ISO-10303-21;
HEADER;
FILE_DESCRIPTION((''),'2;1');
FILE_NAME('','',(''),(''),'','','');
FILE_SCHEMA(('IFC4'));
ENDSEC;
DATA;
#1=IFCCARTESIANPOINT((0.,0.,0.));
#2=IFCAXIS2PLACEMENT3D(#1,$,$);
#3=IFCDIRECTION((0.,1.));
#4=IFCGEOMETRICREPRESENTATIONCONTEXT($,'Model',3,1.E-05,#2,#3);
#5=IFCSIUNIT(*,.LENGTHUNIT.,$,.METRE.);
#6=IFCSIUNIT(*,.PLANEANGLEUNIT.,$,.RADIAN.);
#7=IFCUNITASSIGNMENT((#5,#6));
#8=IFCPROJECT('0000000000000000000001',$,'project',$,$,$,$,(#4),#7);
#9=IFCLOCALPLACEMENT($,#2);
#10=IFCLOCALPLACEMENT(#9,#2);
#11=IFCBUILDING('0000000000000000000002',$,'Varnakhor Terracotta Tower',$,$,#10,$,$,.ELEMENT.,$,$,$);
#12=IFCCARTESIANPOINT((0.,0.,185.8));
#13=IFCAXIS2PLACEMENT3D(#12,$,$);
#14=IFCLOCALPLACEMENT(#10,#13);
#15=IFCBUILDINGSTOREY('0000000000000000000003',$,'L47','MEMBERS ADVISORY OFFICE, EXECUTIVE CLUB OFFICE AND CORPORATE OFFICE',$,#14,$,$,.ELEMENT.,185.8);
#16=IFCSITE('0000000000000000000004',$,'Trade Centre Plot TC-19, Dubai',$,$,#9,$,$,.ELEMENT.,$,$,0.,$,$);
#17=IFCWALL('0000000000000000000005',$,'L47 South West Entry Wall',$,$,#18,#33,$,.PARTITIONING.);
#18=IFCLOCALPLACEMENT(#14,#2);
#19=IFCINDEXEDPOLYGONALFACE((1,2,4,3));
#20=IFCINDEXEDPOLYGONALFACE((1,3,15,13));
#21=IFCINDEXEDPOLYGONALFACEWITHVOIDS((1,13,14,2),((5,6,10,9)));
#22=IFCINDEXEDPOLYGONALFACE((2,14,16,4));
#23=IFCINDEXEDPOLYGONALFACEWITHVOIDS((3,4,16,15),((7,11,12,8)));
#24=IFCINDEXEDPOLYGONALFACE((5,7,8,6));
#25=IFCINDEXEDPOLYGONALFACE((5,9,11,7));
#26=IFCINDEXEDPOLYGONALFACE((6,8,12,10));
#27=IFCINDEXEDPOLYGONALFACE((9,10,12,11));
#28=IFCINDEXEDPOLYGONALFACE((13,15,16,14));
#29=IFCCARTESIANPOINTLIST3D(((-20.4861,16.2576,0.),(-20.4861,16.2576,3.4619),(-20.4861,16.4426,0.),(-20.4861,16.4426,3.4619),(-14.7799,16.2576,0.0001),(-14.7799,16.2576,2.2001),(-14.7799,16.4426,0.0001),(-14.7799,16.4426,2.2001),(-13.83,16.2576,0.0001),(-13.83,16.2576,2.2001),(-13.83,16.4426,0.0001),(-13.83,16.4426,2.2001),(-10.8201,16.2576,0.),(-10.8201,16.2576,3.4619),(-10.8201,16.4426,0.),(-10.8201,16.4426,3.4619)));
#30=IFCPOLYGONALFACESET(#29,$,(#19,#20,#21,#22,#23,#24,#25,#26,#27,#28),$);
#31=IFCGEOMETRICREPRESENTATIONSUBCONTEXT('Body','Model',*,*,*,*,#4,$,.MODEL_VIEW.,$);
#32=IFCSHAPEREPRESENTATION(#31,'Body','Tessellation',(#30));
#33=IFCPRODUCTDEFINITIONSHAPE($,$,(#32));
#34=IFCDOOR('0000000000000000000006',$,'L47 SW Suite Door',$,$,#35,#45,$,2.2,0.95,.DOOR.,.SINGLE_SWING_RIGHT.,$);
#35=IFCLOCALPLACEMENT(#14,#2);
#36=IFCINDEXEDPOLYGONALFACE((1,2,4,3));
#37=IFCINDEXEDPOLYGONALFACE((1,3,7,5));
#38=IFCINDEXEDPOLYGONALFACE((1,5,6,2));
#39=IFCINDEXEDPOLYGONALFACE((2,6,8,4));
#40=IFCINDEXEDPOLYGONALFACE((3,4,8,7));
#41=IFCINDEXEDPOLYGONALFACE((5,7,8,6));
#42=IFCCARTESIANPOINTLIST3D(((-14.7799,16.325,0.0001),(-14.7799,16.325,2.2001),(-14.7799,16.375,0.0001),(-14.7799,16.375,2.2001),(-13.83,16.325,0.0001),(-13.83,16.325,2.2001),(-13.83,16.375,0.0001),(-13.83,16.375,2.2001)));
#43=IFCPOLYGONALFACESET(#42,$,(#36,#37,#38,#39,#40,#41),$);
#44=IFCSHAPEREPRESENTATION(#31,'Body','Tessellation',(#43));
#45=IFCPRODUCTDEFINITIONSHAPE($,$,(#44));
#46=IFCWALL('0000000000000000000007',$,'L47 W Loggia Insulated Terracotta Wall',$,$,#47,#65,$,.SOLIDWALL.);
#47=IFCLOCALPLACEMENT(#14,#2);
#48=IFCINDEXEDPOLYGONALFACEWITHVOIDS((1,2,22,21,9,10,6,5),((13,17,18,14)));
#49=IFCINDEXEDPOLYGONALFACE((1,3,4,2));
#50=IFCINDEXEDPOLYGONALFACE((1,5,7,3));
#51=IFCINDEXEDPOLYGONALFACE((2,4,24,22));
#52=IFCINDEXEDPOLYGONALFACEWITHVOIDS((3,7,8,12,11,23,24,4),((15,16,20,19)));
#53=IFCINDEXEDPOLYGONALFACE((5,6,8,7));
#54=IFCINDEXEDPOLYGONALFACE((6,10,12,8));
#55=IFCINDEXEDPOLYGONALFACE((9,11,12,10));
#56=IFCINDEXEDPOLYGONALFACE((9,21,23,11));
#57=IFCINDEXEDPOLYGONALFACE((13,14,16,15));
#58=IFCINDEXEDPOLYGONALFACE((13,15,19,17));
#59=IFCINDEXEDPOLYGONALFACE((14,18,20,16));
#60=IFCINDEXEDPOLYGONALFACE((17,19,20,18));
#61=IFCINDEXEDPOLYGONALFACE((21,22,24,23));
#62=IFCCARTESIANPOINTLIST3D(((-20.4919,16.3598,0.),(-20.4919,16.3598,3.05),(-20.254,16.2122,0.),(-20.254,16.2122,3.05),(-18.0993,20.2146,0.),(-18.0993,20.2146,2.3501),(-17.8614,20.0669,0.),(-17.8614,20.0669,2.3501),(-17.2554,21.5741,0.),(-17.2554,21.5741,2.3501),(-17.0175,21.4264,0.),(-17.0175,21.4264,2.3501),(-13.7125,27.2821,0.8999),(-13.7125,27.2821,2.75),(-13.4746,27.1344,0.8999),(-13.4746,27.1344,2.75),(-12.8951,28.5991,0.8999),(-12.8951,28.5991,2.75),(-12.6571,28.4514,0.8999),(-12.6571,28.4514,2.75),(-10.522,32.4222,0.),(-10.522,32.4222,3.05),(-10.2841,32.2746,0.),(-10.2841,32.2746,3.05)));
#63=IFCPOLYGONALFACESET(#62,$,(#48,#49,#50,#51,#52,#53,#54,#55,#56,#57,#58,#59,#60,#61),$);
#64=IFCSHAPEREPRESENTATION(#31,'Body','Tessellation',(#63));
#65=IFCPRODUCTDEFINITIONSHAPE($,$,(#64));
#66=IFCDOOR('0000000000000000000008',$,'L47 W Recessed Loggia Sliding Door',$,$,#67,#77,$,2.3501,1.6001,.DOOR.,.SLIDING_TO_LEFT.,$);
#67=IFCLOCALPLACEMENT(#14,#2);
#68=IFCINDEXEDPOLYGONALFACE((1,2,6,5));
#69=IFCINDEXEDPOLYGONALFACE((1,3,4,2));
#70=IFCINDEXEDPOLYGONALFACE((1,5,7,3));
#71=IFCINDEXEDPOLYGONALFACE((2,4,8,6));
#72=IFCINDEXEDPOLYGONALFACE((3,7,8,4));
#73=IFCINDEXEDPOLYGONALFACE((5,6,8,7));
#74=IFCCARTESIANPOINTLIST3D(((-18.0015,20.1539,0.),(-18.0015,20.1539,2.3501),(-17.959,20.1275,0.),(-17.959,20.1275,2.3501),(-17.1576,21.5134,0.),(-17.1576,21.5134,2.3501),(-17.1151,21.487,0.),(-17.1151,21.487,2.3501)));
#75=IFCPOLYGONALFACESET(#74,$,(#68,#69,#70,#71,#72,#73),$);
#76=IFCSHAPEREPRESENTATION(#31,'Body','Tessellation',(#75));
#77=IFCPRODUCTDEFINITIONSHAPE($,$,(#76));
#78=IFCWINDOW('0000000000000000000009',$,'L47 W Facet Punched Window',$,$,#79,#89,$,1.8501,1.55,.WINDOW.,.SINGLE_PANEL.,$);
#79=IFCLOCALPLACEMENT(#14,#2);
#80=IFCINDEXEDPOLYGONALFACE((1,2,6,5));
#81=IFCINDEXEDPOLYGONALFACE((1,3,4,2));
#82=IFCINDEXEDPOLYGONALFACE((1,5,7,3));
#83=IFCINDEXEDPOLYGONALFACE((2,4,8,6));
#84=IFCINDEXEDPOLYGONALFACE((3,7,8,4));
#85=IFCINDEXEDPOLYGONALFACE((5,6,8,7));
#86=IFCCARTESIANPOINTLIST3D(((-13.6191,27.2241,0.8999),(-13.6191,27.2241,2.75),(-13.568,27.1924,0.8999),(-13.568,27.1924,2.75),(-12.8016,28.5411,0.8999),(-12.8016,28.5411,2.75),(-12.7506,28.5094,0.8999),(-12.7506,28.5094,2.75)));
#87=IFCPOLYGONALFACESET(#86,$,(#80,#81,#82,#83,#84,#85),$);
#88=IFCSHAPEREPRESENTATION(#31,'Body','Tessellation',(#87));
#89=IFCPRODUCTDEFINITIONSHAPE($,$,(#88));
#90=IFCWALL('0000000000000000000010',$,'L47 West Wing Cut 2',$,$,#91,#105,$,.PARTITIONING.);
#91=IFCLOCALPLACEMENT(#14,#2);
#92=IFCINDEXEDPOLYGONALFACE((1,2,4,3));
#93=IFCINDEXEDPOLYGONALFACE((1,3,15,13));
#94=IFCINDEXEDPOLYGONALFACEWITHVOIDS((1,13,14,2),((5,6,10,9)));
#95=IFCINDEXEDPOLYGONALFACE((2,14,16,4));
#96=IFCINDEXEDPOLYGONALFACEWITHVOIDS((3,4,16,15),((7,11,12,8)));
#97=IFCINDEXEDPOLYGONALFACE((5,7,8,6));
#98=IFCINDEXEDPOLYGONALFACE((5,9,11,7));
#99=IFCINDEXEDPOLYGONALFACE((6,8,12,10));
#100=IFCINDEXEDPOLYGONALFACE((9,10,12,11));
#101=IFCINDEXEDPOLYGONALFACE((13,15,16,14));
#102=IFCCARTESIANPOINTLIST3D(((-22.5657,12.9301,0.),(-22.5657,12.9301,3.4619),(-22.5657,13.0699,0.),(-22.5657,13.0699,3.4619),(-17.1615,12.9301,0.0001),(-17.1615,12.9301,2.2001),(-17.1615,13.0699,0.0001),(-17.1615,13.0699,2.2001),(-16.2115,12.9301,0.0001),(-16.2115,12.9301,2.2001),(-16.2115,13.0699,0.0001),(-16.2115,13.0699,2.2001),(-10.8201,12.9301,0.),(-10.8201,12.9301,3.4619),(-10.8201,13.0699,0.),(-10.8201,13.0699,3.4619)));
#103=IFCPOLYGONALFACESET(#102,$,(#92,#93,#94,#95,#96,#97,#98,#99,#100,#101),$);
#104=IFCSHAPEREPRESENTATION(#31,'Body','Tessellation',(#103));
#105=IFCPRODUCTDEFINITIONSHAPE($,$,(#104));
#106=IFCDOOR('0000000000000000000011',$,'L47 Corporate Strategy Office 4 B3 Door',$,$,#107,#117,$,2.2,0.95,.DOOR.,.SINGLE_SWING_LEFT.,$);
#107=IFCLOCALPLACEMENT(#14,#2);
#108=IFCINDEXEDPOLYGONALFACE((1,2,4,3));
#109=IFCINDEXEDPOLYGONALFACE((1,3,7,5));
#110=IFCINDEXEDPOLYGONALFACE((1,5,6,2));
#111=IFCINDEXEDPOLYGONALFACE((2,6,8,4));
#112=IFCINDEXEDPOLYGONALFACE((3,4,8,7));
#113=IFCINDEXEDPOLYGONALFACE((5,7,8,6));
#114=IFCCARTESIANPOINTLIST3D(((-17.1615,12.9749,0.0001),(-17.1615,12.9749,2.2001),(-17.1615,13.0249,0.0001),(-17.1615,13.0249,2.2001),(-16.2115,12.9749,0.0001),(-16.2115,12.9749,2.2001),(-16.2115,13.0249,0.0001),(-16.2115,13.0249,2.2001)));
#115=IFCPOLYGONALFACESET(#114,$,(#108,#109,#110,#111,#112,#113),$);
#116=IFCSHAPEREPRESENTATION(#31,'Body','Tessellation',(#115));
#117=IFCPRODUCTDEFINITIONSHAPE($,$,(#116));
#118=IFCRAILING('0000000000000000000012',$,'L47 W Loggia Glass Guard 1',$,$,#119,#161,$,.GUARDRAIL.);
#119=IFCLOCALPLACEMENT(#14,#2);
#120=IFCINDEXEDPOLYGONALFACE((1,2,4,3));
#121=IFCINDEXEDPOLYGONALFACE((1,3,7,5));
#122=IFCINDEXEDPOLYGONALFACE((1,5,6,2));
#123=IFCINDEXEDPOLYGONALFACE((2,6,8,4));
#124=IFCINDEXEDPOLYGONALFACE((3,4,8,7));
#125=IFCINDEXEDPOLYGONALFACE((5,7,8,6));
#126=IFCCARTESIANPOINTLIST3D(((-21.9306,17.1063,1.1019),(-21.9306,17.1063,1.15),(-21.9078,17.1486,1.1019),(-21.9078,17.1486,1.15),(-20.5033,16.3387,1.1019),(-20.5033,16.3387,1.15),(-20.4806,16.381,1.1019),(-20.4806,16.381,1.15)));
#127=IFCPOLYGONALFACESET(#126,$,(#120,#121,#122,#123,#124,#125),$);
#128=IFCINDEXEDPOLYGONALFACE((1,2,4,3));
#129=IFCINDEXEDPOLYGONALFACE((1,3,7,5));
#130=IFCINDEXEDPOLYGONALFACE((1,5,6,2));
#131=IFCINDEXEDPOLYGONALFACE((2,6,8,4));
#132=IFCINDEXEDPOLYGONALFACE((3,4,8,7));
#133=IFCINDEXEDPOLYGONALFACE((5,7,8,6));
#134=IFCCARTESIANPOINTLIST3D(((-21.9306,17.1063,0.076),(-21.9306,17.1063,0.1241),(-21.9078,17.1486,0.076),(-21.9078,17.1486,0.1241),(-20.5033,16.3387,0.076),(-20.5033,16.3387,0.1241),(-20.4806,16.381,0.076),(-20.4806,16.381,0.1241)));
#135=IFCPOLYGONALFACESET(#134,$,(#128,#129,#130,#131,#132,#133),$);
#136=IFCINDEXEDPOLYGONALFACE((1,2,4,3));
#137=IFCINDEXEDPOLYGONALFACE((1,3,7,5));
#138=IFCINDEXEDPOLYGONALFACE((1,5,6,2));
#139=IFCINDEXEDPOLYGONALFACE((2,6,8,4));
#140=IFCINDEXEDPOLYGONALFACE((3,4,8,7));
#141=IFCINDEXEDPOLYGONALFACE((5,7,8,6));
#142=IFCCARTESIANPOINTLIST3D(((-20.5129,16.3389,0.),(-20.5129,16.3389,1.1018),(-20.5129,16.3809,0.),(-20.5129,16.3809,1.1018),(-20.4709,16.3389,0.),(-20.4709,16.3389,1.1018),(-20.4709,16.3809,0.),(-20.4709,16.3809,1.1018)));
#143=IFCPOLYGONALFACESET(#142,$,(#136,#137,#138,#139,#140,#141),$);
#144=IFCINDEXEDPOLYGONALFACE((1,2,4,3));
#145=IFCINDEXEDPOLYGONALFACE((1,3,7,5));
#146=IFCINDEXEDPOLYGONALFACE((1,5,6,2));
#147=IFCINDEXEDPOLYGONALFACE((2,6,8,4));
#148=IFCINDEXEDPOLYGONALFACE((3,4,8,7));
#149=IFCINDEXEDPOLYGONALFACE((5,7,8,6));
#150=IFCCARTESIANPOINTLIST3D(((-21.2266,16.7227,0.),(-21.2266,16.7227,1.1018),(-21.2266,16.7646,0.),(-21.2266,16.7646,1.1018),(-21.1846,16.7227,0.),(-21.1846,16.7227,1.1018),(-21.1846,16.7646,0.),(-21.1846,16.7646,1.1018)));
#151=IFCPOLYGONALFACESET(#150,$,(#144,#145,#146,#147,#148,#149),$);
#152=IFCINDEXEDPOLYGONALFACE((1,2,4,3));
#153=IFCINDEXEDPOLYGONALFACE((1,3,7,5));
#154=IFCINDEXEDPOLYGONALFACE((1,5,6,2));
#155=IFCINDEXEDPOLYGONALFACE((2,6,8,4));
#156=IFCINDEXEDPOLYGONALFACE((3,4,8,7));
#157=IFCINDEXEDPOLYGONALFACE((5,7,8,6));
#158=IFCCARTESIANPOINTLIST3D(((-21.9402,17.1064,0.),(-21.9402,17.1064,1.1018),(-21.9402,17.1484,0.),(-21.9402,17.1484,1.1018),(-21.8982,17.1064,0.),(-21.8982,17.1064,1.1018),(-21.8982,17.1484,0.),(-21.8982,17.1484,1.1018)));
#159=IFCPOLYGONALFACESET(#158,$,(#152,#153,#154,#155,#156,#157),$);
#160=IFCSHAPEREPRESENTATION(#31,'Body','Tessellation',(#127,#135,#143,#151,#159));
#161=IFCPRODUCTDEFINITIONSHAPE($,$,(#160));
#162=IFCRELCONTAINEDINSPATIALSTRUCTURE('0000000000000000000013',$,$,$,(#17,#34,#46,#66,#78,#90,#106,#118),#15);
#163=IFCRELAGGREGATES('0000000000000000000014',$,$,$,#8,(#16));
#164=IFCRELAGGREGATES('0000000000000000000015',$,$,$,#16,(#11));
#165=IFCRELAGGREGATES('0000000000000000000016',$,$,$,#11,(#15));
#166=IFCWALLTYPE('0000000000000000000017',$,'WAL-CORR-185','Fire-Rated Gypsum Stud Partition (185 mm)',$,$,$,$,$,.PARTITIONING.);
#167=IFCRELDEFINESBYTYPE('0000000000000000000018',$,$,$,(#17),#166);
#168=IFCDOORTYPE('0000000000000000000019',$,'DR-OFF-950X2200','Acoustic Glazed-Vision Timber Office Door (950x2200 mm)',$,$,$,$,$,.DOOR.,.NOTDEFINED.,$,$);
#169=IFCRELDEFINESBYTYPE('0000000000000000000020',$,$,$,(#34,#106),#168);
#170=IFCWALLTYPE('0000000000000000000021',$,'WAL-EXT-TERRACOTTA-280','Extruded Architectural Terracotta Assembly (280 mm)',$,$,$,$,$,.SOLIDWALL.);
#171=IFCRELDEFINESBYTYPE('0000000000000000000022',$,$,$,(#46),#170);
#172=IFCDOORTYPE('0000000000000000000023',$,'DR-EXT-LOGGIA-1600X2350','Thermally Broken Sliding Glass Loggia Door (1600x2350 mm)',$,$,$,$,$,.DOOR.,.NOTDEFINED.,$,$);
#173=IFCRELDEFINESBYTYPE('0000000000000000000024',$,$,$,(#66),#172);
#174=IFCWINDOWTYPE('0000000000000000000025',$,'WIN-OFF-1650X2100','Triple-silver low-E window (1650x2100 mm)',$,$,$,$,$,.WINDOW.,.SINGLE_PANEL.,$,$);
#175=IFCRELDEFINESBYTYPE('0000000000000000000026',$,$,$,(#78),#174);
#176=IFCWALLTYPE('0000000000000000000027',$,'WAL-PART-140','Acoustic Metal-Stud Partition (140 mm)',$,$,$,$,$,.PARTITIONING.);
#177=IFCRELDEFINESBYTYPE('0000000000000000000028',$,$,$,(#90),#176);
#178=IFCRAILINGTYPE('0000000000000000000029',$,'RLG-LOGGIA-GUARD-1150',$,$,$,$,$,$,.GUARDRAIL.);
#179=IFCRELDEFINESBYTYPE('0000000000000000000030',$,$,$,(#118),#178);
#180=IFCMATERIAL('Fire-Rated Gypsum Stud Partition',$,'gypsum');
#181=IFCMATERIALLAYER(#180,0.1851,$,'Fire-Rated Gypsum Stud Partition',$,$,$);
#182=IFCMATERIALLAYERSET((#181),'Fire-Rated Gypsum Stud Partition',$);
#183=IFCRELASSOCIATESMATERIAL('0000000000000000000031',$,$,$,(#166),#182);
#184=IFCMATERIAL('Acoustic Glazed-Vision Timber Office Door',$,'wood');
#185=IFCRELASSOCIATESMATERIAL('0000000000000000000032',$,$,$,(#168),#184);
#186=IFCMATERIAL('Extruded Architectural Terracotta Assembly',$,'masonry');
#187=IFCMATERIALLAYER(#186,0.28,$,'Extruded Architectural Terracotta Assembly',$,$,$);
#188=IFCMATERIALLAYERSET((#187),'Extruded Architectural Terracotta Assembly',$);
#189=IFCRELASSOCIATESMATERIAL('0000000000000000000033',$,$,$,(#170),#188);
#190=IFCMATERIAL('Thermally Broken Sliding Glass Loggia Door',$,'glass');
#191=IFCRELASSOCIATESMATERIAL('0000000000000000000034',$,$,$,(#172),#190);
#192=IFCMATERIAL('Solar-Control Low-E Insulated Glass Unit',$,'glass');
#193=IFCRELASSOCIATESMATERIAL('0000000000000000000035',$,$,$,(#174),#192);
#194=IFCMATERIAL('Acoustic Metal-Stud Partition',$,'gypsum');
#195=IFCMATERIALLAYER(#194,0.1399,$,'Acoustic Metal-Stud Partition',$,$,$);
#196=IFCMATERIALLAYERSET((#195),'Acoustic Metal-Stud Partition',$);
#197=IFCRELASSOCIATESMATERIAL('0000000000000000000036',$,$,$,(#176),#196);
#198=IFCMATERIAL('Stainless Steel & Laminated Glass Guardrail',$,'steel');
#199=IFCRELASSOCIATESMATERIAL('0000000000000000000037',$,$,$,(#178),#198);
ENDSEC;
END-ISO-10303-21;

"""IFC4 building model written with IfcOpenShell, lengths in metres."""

from ifc_helpers import new_model, si_unit, direction, frame, frame_2d, origin, origin_2d, place, context, subcontext, project, spatial, rectangle, extrude, source, transform, mapped, material, layer, layer_set, type_object, type_shapes, element, fill, save


model = new_model("IFC4")

# Units and contexts
model_context = context("Model", 3, precision=1e-05, world=origin(), true_north=direction((0.0, 1.0)))
body_context = subcontext(model_context, "Body", "Model", "MODEL_VIEW")
ifc_project = project(units=[si_unit("LENGTHUNIT", "METRE"), si_unit("PLANEANGLEUNIT", "RADIAN")], contexts=[model_context])

# Site, building, storey
site_placement = place(None, origin())
site = spatial("IfcSite", under=ifc_project, at=site_placement, Name="Trade Centre Plot TC-19, Dubai", CompositionType="ELEMENT", RefElevation=0.0)
building_placement = place(site_placement, origin())
building = spatial("IfcBuilding", under=site, at=building_placement, Name="Varnakhor Terracotta Tower", CompositionType="ELEMENT")
storey_placement = place(building_placement, frame((0.0, 0.0, 185.8)))
storey = spatial("IfcBuildingStorey", under=building, at=storey_placement, Name="L47", Description="MEMBERS ADVISORY OFFICE, EXECUTIVE CLUB OFFICE AND CORPORATE OFFICE", CompositionType="ELEMENT", Elevation=185.8)

# Wall, opening, door
ifc_material_1 = material(Name="Fire-Rated Gypsum Stud Partition", Category="gypsum")
ifc_layer_1 = layer(ifc_material_1, 0.1851, Name="Fire-Rated Gypsum Stud Partition")
ifc_layer_set_1 = layer_set([ifc_layer_1], Name="Fire-Rated Gypsum Stud Partition")
wall_type_1 = type_object("IfcWallType", Name="WAL-CORR-185", Description="Fire-Rated Gypsum Stud Partition (185 mm)", PredefinedType="PARTITIONING", material=ifc_layer_set_1)
wall_1_placement = place(storey_placement, frame((-20.4861, 16.3501, 0.0), z_axis=(0.0, 0.0, 1.0), x_axis=(1.0, 0.0, 0.0)))
wall_1 = element("IfcWall", 1, at=wall_1_placement, inside=storey, type_object=wall_type_1, Name="L47 South West Entry Wall", PredefinedType="PARTITIONING", context=body_context, shape_type="SweptSolid", body=[
    extrude(rectangle(XDim=9.666, YDim=0.1851, at=frame_2d((4.833, 0.0))), origin(), (0.0, 0.0, 1.0), 3.4619),
])
opening_1_placement = place(wall_1_placement, frame((5.7061, 0.0, 0.0)))
opening_1 = element("IfcOpeningElement", 2, at=opening_1_placement, cuts=wall_1, PredefinedType="OPENING", context=body_context, shape_type="SweptSolid", body=[
    extrude(rectangle(XDim=0.95, YDim=2.2, at=frame_2d((0.4751, 1.1001))), frame((0.0, 0.1025, 0.0), z_axis=(0.0, -1.0, 0.0), x_axis=(1.0, 0.0, 0.0)), (0.0, 0.0, 1.0), 0.2051),
])
ifc_material_2 = material(Name="Acoustic Glazed-Vision Timber Office Door", Category="wood")
door_type_1 = type_object("IfcDoorType", Name="DR-OFF-950X2200", Description="Acoustic Glazed-Vision Timber Office Door (950x2200 mm)", OperationType="NOTDEFINED", PredefinedType="DOOR", material=ifc_material_2)
shared_shape_1 = source(origin(), body_context, "Body", "SweptSolid", [
    extrude(rectangle(XDim=0.95, YDim=2.2, at=frame_2d((0.4751, 1.1001))), frame((0.0, 0.0249, 0.0), z_axis=(0.0, -1.0, 0.0), x_axis=(1.0, 0.0, 0.0)), (0.0, 0.0, 1.0), 0.05),
])
type_shapes(door_type_1, [shared_shape_1])
door_1_placement = place(opening_1_placement, origin())
door_1 = element("IfcDoor", 3, at=door_1_placement, inside=storey, type_object=door_type_1, Name="L47 SW Suite Door", OperationType="SINGLE_SWING_RIGHT", OverallHeight=2.2, OverallWidth=0.95, PredefinedType="DOOR", context=body_context, shape_type="MappedRepresentation", body=[
    mapped(shared_shape_1, transform((0.0, 0.0, 0.0), scale=1.0)),
])
fill(opening_1, door_1)

# Wall, openings, door, window
ifc_material_3 = material(Name="Extruded Architectural Terracotta Assembly", Category="masonry")
ifc_layer_2 = layer(ifc_material_3, 0.28, Name="Extruded Architectural Terracotta Assembly")
ifc_layer_set_2 = layer_set([ifc_layer_2], Name="Extruded Architectural Terracotta Assembly")
wall_type_2 = type_object("IfcWallType", Name="WAL-EXT-TERRACOTTA-280", Description="Extruded Architectural Terracotta Assembly (280 mm)", PredefinedType="SOLIDWALL", material=ifc_layer_set_2)
wall_2_placement = place(storey_placement, frame((-20.373, 16.2859, 0.0), z_axis=(0.0, 0.0, 1.0), x_axis=(0.527368, 0.849637, 0.0)))
wall_2 = element("IfcWall", 4, at=wall_2_placement, inside=storey, type_object=wall_type_2, Name="L47 W Loggia Insulated Terracotta Wall", PredefinedType="SOLIDWALL", context=body_context, shape_type="SweptSolid", body=[
    extrude(rectangle(XDim=18.905, YDim=0.28, at=frame_2d((9.4526, 0.0))), origin(), (0.0, 0.0, 1.0), 3.05),
])
opening_2_placement = place(wall_2_placement, frame((4.5371, 0.0, 0.0)))
opening_2 = element("IfcOpeningElement", 5, at=opening_2_placement, cuts=wall_2, PredefinedType="OPENING", context=body_context, shape_type="SweptSolid", body=[
    extrude(rectangle(XDim=1.6001, YDim=2.3501, at=frame_2d((0.8, 1.175))), frame((0.0, 0.1499, 0.0), z_axis=(0.0, -1.0, 0.0), x_axis=(1.0, 0.0, 0.0)), (0.0, 0.0, 1.0), 0.3),
])
opening_3_placement = place(wall_2_placement, frame((12.8555, 0.0, 0.8999)))
opening_3 = element("IfcOpeningElement", 6, at=opening_3_placement, cuts=wall_2, PredefinedType="OPENING", context=body_context, shape_type="SweptSolid", body=[
    extrude(rectangle(XDim=1.55, YDim=1.8501, at=frame_2d((0.7749, 0.925))), frame((0.0, 0.1499, 0.0), z_axis=(0.0, -1.0, 0.0), x_axis=(1.0, 0.0, 0.0)), (0.0, 0.0, 1.0), 0.3),
])
ifc_material_4 = material(Name="Thermally Broken Sliding Glass Loggia Door", Category="glass")
door_type_2 = type_object("IfcDoorType", Name="DR-EXT-LOGGIA-1600X2350", Description="Thermally Broken Sliding Glass Loggia Door (1600x2350 mm)", OperationType="NOTDEFINED", PredefinedType="DOOR", material=ifc_material_4)
shared_shape_2 = source(origin(), body_context, "Body", "SweptSolid", [
    extrude(rectangle(XDim=1.6001, YDim=2.3501, at=frame_2d((0.8, 1.175))), frame((0.0, 0.0249, 0.0), z_axis=(0.0, -1.0, 0.0), x_axis=(1.0, 0.0, 0.0)), (0.0, 0.0, 1.0), 0.05),
])
type_shapes(door_type_2, [shared_shape_2])
door_2_placement = place(opening_2_placement, origin())
door_2 = element("IfcDoor", 7, at=door_2_placement, inside=storey, type_object=door_type_2, Name="L47 W Recessed Loggia Sliding Door", OperationType="SLIDING_TO_LEFT", OverallHeight=2.3501, OverallWidth=1.6001, PredefinedType="DOOR", context=body_context, shape_type="MappedRepresentation", body=[
    mapped(shared_shape_2, transform((0.0, 0.0, 0.0), scale=1.0)),
])
fill(opening_2, door_2)
ifc_material_5 = material(Name="Solar-Control Low-E Insulated Glass Unit", Category="glass")
window_type = type_object("IfcWindowType", Name="WIN-OFF-1650X2100", Description="Triple-silver low-E window (1650x2100 mm)", PartitioningType="SINGLE_PANEL", PredefinedType="WINDOW", material=ifc_material_5)
shared_shape_3 = source(origin(), body_context, "Body", "SweptSolid", [
    extrude(rectangle(XDim=1.55, YDim=1.8501, at=frame_2d((0.7749, 0.925))), frame((0.0, 0.03, 0.0), z_axis=(0.0, -1.0, 0.0), x_axis=(1.0, 0.0, 0.0)), (0.0, 0.0, 1.0), 0.0601),
])
type_shapes(window_type, [shared_shape_3])
window_placement = place(opening_3_placement, origin())
window = element("IfcWindow", 8, at=window_placement, inside=storey, type_object=window_type, Name="L47 W Facet Punched Window", OverallHeight=1.8501, OverallWidth=1.55, PartitioningType="SINGLE_PANEL", PredefinedType="WINDOW", context=body_context, shape_type="MappedRepresentation", body=[
    mapped(shared_shape_3, transform((0.0, 0.0, 0.0), scale=1.0)),
])
fill(opening_3, window)

# Wall, opening, door
ifc_material_6 = material(Name="Acoustic Metal-Stud Partition", Category="gypsum")
ifc_layer_3 = layer(ifc_material_6, 0.1399, Name="Acoustic Metal-Stud Partition")
ifc_layer_set_3 = layer_set([ifc_layer_3], Name="Acoustic Metal-Stud Partition")
wall_type_3 = type_object("IfcWallType", Name="WAL-PART-140", Description="Acoustic Metal-Stud Partition (140 mm)", PredefinedType="PARTITIONING", material=ifc_layer_set_3)
wall_3_placement = place(storey_placement, frame((-22.5657, 13.0, 0.0), z_axis=(0.0, 0.0, 1.0), x_axis=(1.0, 0.0, 0.0)))
wall_3 = element("IfcWall", 9, at=wall_3_placement, inside=storey, type_object=wall_type_3, Name="L47 West Wing Cut 2", PredefinedType="PARTITIONING", context=body_context, shape_type="SweptSolid", body=[
    extrude(rectangle(XDim=11.7456, YDim=0.1399, at=frame_2d((5.8728, 0.0))), origin(), (0.0, 0.0, 1.0), 3.4619),
])
opening_4_placement = place(wall_3_placement, frame((5.4041, 0.0, 0.0)))
opening_4 = element("IfcOpeningElement", 10, at=opening_4_placement, cuts=wall_3, PredefinedType="OPENING", context=body_context, shape_type="SweptSolid", body=[
    extrude(rectangle(XDim=0.95, YDim=2.2, at=frame_2d((0.4751, 1.1001))), frame((0.0, 0.0801, 0.0), z_axis=(0.0, -1.0, 0.0), x_axis=(1.0, 0.0, 0.0)), (0.0, 0.0, 1.0), 0.1599),
])
door_3_placement = place(opening_4_placement, origin())
door_3 = element("IfcDoor", 11, at=door_3_placement, inside=storey, type_object=door_type_1, Name="L47 Corporate Strategy Office 4 B3 Door", OperationType="SINGLE_SWING_LEFT", OverallHeight=2.2, OverallWidth=0.95, PredefinedType="DOOR", context=body_context, shape_type="MappedRepresentation", body=[
    mapped(shared_shape_1, transform((0.0, 0.0, 0.0), scale=1.0)),
])
fill(opening_4, door_3)

# Railing
ifc_material_7 = material(Name="Stainless Steel & Laminated Glass Guardrail", Category="steel")
railing_type = type_object("IfcRailingType", Name="RLG-LOGGIA-GUARD-1150", PredefinedType="GUARDRAIL", material=ifc_material_7)
railing_1_placement = place(storey_placement, frame((-20.4919, 16.3599, 0.0)))
element("IfcRailing", 12, at=railing_1_placement, inside=storey, type_object=railing_type, Name="L47 W Loggia Glass Guard 1", PredefinedType="GUARDRAIL", context=body_context, shape_type="SweptSolid", body=[
    extrude(rectangle(XDim=0.0481, YDim=0.0481, at=origin_2d()), frame((0.0, 0.0, 1.126), z_axis=(-0.880713, 0.473651, 0.0), x_axis=(-0.473651, -0.880713, 0.0)), (0.0, 0.0, 1.0), 1.6206),
    extrude(rectangle(XDim=0.0481, YDim=0.0481, at=origin_2d()), frame((0.0, 0.0, 0.1001), z_axis=(-0.880713, 0.473651, 0.0), x_axis=(-0.473651, -0.880713, 0.0)), (0.0, 0.0, 1.0), 1.6206),
    extrude(rectangle(XDim=0.042, YDim=0.042, at=origin_2d()), origin(), (0.0, 0.0, 1.0), 1.1018),
    extrude(rectangle(XDim=0.042, YDim=0.042, at=origin_2d()), frame((-0.7136, 0.3838, 0.0)), (0.0, 0.0, 1.0), 1.1018),
    extrude(rectangle(XDim=0.042, YDim=0.042, at=origin_2d()), frame((-1.4272, 0.7676, 0.0)), (0.0, 0.0, 1.0), 1.1018),
])

save(model, "model.ifc")
